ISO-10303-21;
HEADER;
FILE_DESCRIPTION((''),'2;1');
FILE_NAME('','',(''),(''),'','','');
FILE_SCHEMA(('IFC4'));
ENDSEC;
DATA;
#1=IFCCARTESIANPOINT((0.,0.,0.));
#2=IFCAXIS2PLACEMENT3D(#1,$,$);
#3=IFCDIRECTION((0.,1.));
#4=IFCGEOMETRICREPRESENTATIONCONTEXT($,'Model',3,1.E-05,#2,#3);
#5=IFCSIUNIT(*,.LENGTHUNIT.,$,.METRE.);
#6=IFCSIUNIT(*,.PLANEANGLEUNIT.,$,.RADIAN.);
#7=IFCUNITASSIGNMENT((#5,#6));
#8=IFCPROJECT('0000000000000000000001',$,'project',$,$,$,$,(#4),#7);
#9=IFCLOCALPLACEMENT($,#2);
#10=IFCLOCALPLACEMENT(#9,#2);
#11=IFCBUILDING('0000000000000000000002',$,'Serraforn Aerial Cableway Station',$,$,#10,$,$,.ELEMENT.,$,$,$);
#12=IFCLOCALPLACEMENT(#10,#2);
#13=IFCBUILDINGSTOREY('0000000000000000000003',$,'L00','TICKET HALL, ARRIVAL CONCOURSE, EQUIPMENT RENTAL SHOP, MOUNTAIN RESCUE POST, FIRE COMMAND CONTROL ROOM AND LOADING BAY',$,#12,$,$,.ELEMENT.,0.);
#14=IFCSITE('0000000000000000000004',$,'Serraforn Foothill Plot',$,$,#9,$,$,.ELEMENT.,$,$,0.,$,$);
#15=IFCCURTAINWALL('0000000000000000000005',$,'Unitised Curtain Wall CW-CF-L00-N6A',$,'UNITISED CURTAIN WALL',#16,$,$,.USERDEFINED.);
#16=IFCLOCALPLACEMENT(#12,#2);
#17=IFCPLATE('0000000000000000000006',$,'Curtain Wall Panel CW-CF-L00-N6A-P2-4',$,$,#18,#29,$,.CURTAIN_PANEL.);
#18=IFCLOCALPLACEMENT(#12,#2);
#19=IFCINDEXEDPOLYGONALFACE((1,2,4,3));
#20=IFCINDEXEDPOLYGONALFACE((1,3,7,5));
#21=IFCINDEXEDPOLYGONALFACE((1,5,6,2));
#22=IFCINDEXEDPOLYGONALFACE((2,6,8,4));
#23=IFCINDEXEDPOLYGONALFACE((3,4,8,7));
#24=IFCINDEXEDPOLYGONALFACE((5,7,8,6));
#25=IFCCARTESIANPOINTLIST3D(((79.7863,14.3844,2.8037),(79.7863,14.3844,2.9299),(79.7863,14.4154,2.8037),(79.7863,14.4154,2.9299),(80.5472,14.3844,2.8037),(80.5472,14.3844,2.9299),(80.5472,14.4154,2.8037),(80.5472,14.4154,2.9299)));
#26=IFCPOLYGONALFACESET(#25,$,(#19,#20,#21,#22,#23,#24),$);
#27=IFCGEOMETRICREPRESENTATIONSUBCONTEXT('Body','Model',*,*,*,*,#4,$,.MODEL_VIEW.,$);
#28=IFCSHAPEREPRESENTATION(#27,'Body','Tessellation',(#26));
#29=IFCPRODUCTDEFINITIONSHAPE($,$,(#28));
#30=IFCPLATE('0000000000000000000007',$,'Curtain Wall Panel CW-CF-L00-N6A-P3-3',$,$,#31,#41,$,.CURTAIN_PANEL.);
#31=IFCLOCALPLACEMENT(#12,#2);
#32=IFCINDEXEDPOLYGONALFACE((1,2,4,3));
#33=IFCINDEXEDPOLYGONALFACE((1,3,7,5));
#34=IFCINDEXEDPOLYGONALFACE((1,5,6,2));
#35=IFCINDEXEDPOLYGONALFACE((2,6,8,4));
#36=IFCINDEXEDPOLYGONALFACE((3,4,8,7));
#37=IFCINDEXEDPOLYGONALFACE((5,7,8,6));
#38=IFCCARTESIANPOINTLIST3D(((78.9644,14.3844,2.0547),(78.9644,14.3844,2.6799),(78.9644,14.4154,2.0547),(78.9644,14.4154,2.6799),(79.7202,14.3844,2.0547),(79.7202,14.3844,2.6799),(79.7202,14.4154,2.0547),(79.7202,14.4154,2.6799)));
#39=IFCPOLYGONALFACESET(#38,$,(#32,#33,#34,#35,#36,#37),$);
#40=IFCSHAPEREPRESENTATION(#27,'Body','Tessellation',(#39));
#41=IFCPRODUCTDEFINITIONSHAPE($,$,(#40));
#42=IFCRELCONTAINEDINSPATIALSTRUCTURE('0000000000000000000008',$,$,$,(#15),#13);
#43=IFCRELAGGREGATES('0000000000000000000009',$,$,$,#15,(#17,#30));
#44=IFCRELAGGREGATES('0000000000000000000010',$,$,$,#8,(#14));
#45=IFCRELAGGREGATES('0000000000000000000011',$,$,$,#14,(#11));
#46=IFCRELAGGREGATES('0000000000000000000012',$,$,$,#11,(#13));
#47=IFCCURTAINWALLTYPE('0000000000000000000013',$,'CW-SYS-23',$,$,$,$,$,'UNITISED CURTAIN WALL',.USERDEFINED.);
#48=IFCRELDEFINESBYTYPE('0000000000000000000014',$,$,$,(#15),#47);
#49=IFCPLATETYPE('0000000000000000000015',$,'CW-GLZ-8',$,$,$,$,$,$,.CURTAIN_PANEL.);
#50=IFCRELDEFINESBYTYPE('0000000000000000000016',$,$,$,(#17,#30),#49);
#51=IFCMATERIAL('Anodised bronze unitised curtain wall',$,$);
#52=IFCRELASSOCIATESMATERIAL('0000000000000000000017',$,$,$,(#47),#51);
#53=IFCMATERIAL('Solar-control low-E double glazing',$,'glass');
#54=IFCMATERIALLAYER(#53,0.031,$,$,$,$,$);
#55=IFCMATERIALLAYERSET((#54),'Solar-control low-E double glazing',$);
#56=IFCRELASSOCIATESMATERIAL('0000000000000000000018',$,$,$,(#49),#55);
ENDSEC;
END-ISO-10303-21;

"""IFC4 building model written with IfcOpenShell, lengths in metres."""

from ifc_helpers import new_model, si_unit, direction, frame, origin, origin_2d, place, context, subcontext, project, spatial, rectangle, extrude, material, layer, layer_set, type_object, element, aggregate, save


model = new_model("IFC4")

# Units and contexts
model_context = context("Model", 3, precision=1e-05, world=origin(), true_north=direction((0.0, 1.0)))
body_context = subcontext(model_context, "Body", "Model", "MODEL_VIEW")
ifc_project = project(units=[si_unit("LENGTHUNIT", "METRE"), si_unit("PLANEANGLEUNIT", "RADIAN")], contexts=[model_context])

# Site, building, storey
site_placement = place(None, origin())
site = spatial("IfcSite", under=ifc_project, at=site_placement, Name="Serraforn Foothill Plot", CompositionType="ELEMENT", RefElevation=0.0)
building_placement = place(site_placement, origin())
building = spatial("IfcBuilding", under=site, at=building_placement, Name="Serraforn Aerial Cableway Station", CompositionType="ELEMENT")
storey_placement = place(building_placement, origin())
storey = spatial("IfcBuildingStorey", under=building, at=storey_placement, Name="L00", Description="TICKET HALL, ARRIVAL CONCOURSE, EQUIPMENT RENTAL SHOP, MOUNTAIN RESCUE POST, FIRE COMMAND CONTROL ROOM AND LOADING BAY", CompositionType="ELEMENT", Elevation=0.0)

# Curtain wall, plates
ifc_material_1 = material(Name="Anodised bronze unitised curtain wall")
curtain_wall_type = type_object("IfcCurtainWallType", Name="CW-SYS-23", ElementType="UNITISED CURTAIN WALL", PredefinedType="USERDEFINED", material=ifc_material_1)
curtain_wall_placement = place(storey_placement, origin())
curtain_wall = element("IfcCurtainWall", 1, at=curtain_wall_placement, inside=storey, type_object=curtain_wall_type, Name="Unitised Curtain Wall CW-CF-L00-N6A", ObjectType="UNITISED CURTAIN WALL", PredefinedType="USERDEFINED")
ifc_material_2 = material(Name="Solar-control low-E double glazing", Category="glass")
ifc_layer_1 = layer(ifc_material_2, 0.031)
ifc_layer_set_1 = layer_set([ifc_layer_1], Name="Solar-control low-E double glazing")
plate_type_1 = type_object("IfcPlateType", Name="CW-GLZ-8", PredefinedType="CURTAIN_PANEL", material=ifc_layer_set_1)
plate_1_placement = place(storey_placement, frame((80.1667, 14.3999, 2.8037), z_axis=(0.0, 0.0, 1.0), x_axis=(1.0, 0.0, 0.0)))
plate_1 = element("IfcPlate", 2, at=plate_1_placement, type_object=plate_type_1, Name="Curtain Wall Panel CW-CF-L00-N6A-P2-4", PredefinedType="CURTAIN_PANEL", context=body_context, shape_type="SweptSolid", body=[
    extrude(rectangle(XDim=0.761, YDim=0.031, at=origin_2d()), origin(), (0.0, 0.0, 1.0), 0.1262),
])
plate_2_placement = place(storey_placement, frame((79.3423, 14.3999, 2.0547), z_axis=(0.0, 0.0, 1.0), x_axis=(1.0, 0.0, 0.0)))
plate_2 = element("IfcPlate", 3, at=plate_2_placement, type_object=plate_type_1, Name="Curtain Wall Panel CW-CF-L00-N6A-P3-3", PredefinedType="CURTAIN_PANEL", context=body_context, shape_type="SweptSolid", body=[
    extrude(rectangle(XDim=0.7559, YDim=0.031, at=origin_2d()), origin(), (0.0, 0.0, 1.0), 0.6252),
])
aggregate(curtain_wall, [plate_1, plate_2])

save(model, "model.ifc")
